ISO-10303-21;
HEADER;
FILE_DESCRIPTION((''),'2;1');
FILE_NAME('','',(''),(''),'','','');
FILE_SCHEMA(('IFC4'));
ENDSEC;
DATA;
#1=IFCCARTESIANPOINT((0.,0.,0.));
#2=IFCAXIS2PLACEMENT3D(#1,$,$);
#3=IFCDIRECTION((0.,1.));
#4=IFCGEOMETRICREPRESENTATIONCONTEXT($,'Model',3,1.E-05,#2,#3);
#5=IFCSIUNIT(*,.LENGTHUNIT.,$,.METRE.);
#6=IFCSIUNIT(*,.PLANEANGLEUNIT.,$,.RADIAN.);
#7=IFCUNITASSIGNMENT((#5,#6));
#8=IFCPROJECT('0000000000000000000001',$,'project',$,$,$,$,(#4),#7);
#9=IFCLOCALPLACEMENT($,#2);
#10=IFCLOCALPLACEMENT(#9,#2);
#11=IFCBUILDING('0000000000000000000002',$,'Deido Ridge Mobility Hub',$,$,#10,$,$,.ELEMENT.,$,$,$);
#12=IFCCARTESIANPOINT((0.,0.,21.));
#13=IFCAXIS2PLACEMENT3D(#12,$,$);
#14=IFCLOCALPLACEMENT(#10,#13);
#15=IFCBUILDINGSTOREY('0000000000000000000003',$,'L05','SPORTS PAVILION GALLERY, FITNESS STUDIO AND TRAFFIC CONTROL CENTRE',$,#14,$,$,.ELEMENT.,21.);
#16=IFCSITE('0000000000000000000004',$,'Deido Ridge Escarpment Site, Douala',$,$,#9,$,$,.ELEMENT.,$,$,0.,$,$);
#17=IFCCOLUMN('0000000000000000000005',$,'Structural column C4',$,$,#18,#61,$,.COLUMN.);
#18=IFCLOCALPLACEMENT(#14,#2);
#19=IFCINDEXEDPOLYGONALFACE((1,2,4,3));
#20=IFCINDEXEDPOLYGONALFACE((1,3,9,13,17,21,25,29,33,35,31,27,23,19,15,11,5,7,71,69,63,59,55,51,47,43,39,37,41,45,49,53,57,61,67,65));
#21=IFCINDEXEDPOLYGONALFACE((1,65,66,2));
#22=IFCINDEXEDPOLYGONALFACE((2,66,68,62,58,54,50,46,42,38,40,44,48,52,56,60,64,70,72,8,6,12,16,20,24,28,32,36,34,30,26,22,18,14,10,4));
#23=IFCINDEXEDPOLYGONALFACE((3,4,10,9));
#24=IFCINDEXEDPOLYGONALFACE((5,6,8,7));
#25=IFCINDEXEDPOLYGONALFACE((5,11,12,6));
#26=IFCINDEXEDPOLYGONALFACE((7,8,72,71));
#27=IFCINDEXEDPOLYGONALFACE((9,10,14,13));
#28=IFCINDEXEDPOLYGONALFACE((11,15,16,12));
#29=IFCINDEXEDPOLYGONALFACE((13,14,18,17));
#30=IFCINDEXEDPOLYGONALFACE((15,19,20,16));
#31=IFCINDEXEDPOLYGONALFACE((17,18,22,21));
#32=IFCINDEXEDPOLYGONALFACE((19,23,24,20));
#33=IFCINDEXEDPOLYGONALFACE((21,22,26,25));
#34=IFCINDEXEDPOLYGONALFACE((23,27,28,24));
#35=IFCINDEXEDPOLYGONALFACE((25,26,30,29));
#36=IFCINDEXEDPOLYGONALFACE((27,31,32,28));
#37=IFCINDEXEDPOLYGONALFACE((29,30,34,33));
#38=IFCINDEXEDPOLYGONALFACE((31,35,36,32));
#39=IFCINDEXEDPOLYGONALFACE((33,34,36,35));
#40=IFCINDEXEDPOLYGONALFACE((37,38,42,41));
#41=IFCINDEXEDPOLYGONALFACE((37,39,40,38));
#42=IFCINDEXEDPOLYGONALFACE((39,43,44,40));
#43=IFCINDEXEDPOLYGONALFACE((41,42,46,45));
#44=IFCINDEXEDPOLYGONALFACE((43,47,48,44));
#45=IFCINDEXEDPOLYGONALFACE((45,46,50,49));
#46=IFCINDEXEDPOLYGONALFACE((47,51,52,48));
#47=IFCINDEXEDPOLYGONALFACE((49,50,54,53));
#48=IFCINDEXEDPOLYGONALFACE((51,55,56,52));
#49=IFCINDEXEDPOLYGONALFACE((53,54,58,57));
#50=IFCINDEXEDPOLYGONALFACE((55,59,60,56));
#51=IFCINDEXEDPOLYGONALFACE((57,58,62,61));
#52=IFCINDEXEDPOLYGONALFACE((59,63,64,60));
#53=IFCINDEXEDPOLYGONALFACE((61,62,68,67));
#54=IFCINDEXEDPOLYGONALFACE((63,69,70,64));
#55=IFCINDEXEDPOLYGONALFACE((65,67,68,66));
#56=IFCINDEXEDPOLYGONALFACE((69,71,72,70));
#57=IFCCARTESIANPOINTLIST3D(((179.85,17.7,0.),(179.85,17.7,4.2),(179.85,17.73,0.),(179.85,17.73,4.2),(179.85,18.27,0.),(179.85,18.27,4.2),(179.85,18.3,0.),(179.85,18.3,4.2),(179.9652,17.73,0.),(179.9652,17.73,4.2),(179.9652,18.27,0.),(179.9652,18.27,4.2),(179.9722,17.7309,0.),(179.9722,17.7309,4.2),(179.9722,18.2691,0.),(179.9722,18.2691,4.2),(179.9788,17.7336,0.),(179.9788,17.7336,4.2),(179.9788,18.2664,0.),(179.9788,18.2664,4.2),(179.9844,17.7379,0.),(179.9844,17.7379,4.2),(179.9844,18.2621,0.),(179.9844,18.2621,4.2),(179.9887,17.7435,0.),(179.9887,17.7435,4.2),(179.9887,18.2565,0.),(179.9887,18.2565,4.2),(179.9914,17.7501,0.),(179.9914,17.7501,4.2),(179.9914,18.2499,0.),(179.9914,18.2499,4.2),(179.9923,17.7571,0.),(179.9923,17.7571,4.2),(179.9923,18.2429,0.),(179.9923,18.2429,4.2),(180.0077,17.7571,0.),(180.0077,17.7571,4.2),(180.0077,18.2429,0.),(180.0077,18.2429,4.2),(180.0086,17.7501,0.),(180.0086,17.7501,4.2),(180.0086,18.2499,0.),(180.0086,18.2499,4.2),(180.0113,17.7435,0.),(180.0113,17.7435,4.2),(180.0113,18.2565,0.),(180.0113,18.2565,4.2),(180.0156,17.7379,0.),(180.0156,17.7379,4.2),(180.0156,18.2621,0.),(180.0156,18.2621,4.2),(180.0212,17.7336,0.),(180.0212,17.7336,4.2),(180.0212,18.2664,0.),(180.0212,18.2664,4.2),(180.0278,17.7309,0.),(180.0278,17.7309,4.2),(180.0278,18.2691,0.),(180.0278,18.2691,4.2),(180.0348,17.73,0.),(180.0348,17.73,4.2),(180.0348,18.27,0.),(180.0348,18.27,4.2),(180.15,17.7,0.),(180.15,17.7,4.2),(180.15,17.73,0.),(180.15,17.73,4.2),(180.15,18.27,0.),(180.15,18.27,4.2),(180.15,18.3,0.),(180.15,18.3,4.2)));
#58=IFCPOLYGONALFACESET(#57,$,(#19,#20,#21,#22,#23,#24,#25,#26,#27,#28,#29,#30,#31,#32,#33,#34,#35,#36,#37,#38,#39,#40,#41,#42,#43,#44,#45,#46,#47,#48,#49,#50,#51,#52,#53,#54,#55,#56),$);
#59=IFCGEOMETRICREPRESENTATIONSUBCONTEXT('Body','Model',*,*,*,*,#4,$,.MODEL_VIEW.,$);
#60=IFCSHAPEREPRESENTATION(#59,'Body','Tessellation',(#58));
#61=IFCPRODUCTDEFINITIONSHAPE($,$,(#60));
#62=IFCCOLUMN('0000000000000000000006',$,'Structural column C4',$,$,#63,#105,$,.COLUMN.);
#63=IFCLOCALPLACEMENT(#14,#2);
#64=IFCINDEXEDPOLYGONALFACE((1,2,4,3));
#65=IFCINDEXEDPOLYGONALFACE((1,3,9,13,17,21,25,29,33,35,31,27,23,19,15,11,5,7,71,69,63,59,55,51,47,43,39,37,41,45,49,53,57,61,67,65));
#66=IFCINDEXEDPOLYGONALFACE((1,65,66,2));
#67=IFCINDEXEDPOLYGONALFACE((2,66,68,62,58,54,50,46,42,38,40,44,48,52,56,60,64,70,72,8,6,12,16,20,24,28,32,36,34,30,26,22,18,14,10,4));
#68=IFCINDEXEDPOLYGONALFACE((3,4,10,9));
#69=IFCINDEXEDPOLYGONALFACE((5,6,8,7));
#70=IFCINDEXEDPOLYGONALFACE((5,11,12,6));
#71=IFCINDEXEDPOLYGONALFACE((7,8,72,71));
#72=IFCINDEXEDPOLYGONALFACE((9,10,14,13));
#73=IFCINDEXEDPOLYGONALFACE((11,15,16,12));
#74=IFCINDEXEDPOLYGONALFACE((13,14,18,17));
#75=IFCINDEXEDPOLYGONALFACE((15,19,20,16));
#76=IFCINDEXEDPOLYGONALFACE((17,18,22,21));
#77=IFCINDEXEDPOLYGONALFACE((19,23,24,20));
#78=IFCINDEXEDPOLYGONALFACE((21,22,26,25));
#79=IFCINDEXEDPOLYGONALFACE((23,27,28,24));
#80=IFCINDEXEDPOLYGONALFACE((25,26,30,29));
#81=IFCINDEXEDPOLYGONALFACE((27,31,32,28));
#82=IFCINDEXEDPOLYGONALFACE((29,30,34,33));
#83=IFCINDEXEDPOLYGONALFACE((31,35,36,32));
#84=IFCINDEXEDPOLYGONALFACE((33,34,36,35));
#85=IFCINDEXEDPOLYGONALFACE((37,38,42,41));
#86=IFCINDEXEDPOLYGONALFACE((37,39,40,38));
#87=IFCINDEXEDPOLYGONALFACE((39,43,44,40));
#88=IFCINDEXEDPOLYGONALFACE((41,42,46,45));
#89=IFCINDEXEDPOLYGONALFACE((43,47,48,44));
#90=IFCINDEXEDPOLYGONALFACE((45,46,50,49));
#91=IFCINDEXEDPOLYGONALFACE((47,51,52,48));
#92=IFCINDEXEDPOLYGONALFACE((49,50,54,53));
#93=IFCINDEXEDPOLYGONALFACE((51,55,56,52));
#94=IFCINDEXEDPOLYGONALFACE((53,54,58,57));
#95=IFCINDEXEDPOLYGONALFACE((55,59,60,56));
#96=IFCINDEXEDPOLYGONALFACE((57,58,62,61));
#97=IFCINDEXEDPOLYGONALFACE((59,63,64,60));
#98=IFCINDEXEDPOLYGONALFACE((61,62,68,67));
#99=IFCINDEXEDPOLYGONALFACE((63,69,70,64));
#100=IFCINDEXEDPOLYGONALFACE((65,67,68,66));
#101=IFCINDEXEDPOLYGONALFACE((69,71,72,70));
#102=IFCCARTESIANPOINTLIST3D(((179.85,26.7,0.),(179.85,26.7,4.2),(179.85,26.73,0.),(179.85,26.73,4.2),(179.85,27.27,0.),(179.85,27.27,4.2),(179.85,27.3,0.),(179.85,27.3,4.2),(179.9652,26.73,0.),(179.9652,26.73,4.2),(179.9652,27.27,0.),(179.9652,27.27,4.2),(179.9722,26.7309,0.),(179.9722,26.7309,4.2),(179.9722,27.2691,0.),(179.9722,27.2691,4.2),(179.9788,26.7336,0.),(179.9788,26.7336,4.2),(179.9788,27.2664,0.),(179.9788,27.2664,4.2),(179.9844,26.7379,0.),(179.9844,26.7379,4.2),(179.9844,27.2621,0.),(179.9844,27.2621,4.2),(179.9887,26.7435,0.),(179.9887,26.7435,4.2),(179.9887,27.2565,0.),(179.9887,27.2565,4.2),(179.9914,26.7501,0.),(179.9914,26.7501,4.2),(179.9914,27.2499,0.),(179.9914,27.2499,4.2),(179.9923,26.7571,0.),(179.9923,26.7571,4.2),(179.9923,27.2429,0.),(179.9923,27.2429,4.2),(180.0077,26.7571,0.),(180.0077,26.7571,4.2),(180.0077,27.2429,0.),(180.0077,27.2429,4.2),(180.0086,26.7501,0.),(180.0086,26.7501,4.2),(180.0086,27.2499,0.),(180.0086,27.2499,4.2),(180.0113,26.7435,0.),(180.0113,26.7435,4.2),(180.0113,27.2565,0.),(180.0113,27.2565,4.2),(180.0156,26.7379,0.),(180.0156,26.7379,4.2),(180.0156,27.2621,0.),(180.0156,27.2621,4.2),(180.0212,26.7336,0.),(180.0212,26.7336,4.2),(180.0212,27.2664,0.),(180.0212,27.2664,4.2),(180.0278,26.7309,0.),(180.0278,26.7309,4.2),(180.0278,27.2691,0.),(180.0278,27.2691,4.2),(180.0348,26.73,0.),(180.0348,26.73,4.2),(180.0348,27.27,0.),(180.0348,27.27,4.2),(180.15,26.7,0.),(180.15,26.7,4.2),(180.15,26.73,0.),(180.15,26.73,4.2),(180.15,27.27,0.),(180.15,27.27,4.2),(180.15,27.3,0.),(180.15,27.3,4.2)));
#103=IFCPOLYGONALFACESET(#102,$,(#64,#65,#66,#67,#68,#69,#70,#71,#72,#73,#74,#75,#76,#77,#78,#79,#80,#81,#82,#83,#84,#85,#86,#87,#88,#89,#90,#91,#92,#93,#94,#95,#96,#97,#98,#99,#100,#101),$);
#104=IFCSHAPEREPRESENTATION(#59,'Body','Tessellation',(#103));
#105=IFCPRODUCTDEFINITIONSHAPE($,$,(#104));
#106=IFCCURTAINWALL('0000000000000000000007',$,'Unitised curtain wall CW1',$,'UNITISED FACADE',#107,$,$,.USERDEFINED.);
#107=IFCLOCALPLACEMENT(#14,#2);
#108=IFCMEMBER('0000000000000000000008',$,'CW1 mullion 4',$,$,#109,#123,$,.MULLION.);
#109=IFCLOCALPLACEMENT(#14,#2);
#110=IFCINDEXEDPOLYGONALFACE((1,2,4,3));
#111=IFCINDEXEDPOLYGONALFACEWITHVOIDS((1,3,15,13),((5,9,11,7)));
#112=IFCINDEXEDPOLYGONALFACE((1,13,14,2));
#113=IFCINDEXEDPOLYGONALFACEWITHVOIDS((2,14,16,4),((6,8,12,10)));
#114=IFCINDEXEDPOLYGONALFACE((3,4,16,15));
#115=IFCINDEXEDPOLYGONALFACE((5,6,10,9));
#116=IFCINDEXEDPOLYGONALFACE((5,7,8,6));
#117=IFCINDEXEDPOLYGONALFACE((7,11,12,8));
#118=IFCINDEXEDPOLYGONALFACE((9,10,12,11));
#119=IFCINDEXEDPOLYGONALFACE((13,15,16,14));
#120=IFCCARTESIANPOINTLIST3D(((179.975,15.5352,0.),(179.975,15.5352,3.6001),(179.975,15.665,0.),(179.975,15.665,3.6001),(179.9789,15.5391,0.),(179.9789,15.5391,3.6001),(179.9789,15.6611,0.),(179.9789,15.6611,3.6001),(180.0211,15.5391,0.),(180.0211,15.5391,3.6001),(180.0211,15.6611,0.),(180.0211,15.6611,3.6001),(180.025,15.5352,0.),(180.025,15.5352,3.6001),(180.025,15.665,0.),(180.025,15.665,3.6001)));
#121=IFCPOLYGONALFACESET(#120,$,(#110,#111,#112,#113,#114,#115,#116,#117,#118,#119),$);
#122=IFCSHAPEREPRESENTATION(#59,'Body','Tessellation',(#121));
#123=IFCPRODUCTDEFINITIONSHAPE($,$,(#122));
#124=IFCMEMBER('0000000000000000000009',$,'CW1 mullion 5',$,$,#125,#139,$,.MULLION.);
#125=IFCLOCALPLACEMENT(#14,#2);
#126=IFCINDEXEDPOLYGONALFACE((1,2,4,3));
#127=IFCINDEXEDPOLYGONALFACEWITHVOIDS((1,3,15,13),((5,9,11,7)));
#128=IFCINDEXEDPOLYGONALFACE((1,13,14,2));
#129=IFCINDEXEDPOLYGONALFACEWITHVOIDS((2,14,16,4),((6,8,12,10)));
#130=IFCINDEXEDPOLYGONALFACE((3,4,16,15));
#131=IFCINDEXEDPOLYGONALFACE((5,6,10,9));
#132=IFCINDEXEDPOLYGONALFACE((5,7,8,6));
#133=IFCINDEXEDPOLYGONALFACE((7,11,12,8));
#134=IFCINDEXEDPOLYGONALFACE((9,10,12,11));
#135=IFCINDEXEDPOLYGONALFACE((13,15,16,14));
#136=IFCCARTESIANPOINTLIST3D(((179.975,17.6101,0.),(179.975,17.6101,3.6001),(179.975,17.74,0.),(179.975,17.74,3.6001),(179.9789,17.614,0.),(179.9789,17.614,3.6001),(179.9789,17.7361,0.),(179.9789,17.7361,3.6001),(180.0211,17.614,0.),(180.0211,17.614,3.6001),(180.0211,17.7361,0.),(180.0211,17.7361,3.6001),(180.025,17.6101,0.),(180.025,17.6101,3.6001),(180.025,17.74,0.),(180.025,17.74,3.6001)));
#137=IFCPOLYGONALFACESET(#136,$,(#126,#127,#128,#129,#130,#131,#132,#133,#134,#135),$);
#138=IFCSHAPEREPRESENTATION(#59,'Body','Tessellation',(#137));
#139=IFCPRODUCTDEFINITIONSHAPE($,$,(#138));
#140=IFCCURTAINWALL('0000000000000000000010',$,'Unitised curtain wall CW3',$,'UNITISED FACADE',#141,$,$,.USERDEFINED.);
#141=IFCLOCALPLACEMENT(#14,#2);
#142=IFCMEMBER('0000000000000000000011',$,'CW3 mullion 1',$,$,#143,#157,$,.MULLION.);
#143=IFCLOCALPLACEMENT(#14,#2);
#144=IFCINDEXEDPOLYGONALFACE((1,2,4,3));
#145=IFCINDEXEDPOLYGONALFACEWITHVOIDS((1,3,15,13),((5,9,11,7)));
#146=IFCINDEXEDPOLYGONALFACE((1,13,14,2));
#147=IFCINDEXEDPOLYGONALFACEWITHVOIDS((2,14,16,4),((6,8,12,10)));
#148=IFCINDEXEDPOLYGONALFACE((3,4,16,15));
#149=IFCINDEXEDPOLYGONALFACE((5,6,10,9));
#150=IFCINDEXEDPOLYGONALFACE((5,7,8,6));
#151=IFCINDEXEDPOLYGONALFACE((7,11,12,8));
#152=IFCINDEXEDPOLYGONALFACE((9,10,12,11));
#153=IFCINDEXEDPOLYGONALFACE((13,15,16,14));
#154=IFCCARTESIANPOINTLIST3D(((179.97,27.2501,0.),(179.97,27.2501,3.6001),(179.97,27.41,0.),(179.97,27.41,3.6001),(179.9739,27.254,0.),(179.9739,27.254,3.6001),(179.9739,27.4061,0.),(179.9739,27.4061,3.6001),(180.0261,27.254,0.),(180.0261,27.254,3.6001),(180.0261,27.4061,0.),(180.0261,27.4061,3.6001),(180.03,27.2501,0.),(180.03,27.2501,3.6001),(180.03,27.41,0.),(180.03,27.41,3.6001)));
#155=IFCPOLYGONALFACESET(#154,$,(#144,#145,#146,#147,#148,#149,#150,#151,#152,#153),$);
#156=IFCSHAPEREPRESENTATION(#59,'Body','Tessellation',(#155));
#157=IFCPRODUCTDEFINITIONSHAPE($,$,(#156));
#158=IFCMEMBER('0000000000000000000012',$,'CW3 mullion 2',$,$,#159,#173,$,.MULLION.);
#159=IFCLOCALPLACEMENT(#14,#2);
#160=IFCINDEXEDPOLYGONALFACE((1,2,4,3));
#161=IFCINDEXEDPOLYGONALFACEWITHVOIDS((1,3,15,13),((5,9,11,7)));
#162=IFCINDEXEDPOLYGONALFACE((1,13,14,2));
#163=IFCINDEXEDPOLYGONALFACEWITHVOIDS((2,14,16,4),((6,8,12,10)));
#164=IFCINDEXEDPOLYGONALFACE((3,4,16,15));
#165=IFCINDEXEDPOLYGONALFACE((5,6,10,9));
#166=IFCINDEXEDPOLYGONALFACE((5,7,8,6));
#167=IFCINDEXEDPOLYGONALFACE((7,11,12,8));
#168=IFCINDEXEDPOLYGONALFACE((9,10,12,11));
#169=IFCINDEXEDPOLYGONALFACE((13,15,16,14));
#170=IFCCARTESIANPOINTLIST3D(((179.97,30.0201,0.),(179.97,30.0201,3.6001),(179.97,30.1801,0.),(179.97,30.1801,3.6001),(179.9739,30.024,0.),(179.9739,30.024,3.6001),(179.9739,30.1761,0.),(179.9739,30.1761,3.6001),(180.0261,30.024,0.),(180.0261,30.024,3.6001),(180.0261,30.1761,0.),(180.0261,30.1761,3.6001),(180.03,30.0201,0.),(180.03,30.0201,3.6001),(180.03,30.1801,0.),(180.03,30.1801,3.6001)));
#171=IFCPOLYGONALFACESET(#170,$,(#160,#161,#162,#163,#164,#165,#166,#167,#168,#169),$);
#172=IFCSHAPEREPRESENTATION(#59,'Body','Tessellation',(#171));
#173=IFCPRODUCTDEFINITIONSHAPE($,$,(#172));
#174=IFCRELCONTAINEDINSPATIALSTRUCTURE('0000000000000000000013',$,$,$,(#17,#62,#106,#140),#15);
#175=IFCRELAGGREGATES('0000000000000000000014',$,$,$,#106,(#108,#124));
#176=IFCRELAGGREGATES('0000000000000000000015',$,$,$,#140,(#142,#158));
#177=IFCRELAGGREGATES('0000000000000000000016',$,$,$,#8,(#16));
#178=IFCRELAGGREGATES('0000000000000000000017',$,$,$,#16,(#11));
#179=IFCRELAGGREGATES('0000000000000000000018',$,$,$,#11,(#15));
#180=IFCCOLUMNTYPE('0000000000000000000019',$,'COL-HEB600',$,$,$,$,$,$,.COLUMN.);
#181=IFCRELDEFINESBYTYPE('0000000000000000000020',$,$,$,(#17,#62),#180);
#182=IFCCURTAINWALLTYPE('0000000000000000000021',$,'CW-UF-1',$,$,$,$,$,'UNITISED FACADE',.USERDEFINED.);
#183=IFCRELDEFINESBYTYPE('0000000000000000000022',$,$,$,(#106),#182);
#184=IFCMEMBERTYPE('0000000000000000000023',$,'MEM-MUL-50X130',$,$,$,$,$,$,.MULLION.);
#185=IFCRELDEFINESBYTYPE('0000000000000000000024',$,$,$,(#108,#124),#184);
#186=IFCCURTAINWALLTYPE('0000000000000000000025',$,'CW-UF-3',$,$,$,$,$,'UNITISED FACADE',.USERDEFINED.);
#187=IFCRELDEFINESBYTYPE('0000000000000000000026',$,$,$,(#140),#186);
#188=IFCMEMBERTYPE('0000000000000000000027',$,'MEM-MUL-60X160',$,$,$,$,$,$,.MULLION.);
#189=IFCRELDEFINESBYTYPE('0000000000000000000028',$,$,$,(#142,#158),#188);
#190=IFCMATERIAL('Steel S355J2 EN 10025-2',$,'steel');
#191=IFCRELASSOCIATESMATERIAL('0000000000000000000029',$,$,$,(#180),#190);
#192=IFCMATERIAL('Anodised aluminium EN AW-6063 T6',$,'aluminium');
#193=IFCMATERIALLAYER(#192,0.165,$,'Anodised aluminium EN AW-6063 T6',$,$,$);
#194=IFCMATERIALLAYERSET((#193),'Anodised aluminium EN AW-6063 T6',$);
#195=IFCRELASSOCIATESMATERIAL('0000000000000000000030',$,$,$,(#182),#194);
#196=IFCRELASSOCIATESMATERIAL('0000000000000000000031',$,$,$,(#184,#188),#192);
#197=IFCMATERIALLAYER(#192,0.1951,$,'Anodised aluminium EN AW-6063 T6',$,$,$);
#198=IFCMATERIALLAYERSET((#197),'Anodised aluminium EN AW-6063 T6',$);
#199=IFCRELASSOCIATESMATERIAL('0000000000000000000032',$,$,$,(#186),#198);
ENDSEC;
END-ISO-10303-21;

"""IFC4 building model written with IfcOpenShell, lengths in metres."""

from ifc_helpers import new_model, si_unit, direction, frame, origin, origin_2d, place, context, subcontext, project, spatial, hollow_rectangle, i_section, extrude, material, layer, layer_set, material_profile, profile_set, type_object, element, aggregate, save


model = new_model("IFC4")

# Units and contexts
model_context = context("Model", 3, precision=1e-05, world=origin(), true_north=direction((0.0, 1.0)))
body_context = subcontext(model_context, "Body", "Model", "MODEL_VIEW")
ifc_project = project(units=[si_unit("LENGTHUNIT", "METRE"), si_unit("PLANEANGLEUNIT", "RADIAN")], contexts=[model_context])

# Site, building, storey
site_placement = place(None, origin())
site = spatial("IfcSite", under=ifc_project, at=site_placement, Name="Deido Ridge Escarpment Site, Douala", CompositionType="ELEMENT", RefElevation=0.0)
building_placement = place(site_placement, origin())
building = spatial("IfcBuilding", under=site, at=building_placement, Name="Deido Ridge Mobility Hub", CompositionType="ELEMENT")
storey_placement = place(building_placement, frame((0.0, 0.0, 21.0)))
storey = spatial("IfcBuildingStorey", under=building, at=storey_placement, Name="L05", Description="SPORTS PAVILION GALLERY, FITNESS STUDIO AND TRAFFIC CONTROL CENTRE", CompositionType="ELEMENT", Elevation=21.0)

# Columns
ifc_material_1 = material(Name="Steel S355J2 EN 10025-2", Category="steel")
ifc_material_profile_1 = material_profile(ifc_material_1, i_section(OverallWidth=0.3, OverallDepth=0.6001, WebThickness=0.0154, FlangeThickness=0.03, FilletRadius=0.0271, at=origin_2d()), Name="HEB 600")
ifc_profile_set_1 = profile_set([ifc_material_profile_1], Name="Steel S355J2 EN 10025-2")
column_type = type_object("IfcColumnType", Name="COL-HEB600", PredefinedType="COLUMN", material=ifc_profile_set_1)
for number, where, z_axis, x_axis, name in (
    (1, (180.0, 18.0, 0.0), (0.0, 0.0, 1.0), (1.0, 0.0, 0.0), "Structural column C4"),
    (2, (180.0, 27.0, 0.0), (0.0, 0.0, 1.0), (1.0, 0.0, 0.0), "Structural column C4"),
):
    element("IfcColumn", number, at=place(storey_placement, frame(where, z_axis=z_axis, x_axis=x_axis)), inside=storey, type_object=column_type, Name=name, PredefinedType="COLUMN", context=body_context, shape_type="SweptSolid", body=[
        extrude(i_section(OverallWidth=0.3, OverallDepth=0.6001, WebThickness=0.0154, FlangeThickness=0.03, FilletRadius=0.0271, at=origin_2d()), origin(), (0.0, 0.0, 1.0), 4.2),
    ])

# Curtain walls, members
ifc_material_2 = material(Name="Anodised aluminium EN AW-6063 T6", Category="aluminium")
ifc_layer_1 = layer(ifc_material_2, 0.165, Name="Anodised aluminium EN AW-6063 T6")
ifc_layer_set_1 = layer_set([ifc_layer_1], Name="Anodised aluminium EN AW-6063 T6")
curtain_wall_type_1 = type_object("IfcCurtainWallType", Name="CW-UF-1", ElementType="UNITISED FACADE", PredefinedType="USERDEFINED", material=ifc_layer_set_1)
curtain_wall_1_placement = place(storey_placement, origin())
curtain_wall_1 = element("IfcCurtainWall", 3, at=curtain_wall_1_placement, inside=storey, type_object=curtain_wall_type_1, Name="Unitised curtain wall CW1", ObjectType="UNITISED FACADE", PredefinedType="USERDEFINED")
ifc_material_profile_2 = material_profile(ifc_material_2, hollow_rectangle(XDim=0.05, YDim=0.1299, WallThickness=0.0039, at=origin_2d()), Name="RHS 50x130x4")
ifc_profile_set_2 = profile_set([ifc_material_profile_2], Name="Anodised aluminium EN AW-6063 T6")
member_type_1 = type_object("IfcMemberType", Name="MEM-MUL-50X130", PredefinedType="MULLION", material=ifc_profile_set_2)
member_1_placement = place(storey_placement, frame((180.0, 15.6001, 0.0), z_axis=(0.0, 0.0, 1.0), x_axis=(-1.0, 0.0, 0.0)))
member_1 = element("IfcMember", 4, at=member_1_placement, type_object=member_type_1, Name="CW1 mullion 4", PredefinedType="MULLION", context=body_context, shape_type="SweptSolid", body=[
    extrude(hollow_rectangle(XDim=0.05, YDim=0.1299, WallThickness=0.0039, at=origin_2d()), origin(), (0.0, 0.0, 1.0), 3.6001),
])
member_2_placement = place(storey_placement, frame((180.0, 17.675, 0.0), z_axis=(0.0, 0.0, 1.0), x_axis=(-1.0, 0.0, 0.0)))
member_2 = element("IfcMember", 5, at=member_2_placement, type_object=member_type_1, Name="CW1 mullion 5", PredefinedType="MULLION", context=body_context, shape_type="SweptSolid", body=[
    extrude(hollow_rectangle(XDim=0.05, YDim=0.1299, WallThickness=0.0039, at=origin_2d()), origin(), (0.0, 0.0, 1.0), 3.6001),
])
ifc_layer_2 = layer(ifc_material_2, 0.1951, Name="Anodised aluminium EN AW-6063 T6")
ifc_layer_set_2 = layer_set([ifc_layer_2], Name="Anodised aluminium EN AW-6063 T6")
curtain_wall_type_2 = type_object("IfcCurtainWallType", Name="CW-UF-3", ElementType="UNITISED FACADE", PredefinedType="USERDEFINED", material=ifc_layer_set_2)
curtain_wall_2_placement = place(storey_placement, origin())
curtain_wall_2 = element("IfcCurtainWall", 6, at=curtain_wall_2_placement, inside=storey, type_object=curtain_wall_type_2, Name="Unitised curtain wall CW3", ObjectType="UNITISED FACADE", PredefinedType="USERDEFINED")
ifc_material_profile_3 = material_profile(ifc_material_2, hollow_rectangle(XDim=0.0601, YDim=0.1599, WallThickness=0.0039, at=origin_2d()), Name="RHS 60x160x4")
ifc_profile_set_3 = profile_set([ifc_material_profile_3], Name="Anodised aluminium EN AW-6063 T6")
member_type_2 = type_object("IfcMemberType", Name="MEM-MUL-60X160", PredefinedType="MULLION", material=ifc_profile_set_3)
member_3_placement = place(storey_placement, frame((180.0, 27.3301, 0.0), z_axis=(0.0, 0.0, 1.0), x_axis=(-1.0, 0.0, 0.0)))
member_3 = element("IfcMember", 7, at=member_3_placement, type_object=member_type_2, Name="CW3 mullion 1", PredefinedType="MULLION", context=body_context, shape_type="SweptSolid", body=[
    extrude(hollow_rectangle(XDim=0.0601, YDim=0.1599, WallThickness=0.0039, at=origin_2d()), origin(), (0.0, 0.0, 1.0), 3.6001),
])
member_4_placement = place(storey_placement, frame((180.0, 30.1001, 0.0), z_axis=(0.0, 0.0, 1.0), x_axis=(-1.0, 0.0, 0.0)))
member_4 = element("IfcMember", 8, at=member_4_placement, type_object=member_type_2, Name="CW3 mullion 2", PredefinedType="MULLION", context=body_context, shape_type="SweptSolid", body=[
    extrude(hollow_rectangle(XDim=0.0601, YDim=0.1599, WallThickness=0.0039, at=origin_2d()), origin(), (0.0, 0.0, 1.0), 3.6001),
])

aggregate(curtain_wall_1, [member_1, member_2])
aggregate(curtain_wall_2, [member_3, member_4])

save(model, "model.ifc")
